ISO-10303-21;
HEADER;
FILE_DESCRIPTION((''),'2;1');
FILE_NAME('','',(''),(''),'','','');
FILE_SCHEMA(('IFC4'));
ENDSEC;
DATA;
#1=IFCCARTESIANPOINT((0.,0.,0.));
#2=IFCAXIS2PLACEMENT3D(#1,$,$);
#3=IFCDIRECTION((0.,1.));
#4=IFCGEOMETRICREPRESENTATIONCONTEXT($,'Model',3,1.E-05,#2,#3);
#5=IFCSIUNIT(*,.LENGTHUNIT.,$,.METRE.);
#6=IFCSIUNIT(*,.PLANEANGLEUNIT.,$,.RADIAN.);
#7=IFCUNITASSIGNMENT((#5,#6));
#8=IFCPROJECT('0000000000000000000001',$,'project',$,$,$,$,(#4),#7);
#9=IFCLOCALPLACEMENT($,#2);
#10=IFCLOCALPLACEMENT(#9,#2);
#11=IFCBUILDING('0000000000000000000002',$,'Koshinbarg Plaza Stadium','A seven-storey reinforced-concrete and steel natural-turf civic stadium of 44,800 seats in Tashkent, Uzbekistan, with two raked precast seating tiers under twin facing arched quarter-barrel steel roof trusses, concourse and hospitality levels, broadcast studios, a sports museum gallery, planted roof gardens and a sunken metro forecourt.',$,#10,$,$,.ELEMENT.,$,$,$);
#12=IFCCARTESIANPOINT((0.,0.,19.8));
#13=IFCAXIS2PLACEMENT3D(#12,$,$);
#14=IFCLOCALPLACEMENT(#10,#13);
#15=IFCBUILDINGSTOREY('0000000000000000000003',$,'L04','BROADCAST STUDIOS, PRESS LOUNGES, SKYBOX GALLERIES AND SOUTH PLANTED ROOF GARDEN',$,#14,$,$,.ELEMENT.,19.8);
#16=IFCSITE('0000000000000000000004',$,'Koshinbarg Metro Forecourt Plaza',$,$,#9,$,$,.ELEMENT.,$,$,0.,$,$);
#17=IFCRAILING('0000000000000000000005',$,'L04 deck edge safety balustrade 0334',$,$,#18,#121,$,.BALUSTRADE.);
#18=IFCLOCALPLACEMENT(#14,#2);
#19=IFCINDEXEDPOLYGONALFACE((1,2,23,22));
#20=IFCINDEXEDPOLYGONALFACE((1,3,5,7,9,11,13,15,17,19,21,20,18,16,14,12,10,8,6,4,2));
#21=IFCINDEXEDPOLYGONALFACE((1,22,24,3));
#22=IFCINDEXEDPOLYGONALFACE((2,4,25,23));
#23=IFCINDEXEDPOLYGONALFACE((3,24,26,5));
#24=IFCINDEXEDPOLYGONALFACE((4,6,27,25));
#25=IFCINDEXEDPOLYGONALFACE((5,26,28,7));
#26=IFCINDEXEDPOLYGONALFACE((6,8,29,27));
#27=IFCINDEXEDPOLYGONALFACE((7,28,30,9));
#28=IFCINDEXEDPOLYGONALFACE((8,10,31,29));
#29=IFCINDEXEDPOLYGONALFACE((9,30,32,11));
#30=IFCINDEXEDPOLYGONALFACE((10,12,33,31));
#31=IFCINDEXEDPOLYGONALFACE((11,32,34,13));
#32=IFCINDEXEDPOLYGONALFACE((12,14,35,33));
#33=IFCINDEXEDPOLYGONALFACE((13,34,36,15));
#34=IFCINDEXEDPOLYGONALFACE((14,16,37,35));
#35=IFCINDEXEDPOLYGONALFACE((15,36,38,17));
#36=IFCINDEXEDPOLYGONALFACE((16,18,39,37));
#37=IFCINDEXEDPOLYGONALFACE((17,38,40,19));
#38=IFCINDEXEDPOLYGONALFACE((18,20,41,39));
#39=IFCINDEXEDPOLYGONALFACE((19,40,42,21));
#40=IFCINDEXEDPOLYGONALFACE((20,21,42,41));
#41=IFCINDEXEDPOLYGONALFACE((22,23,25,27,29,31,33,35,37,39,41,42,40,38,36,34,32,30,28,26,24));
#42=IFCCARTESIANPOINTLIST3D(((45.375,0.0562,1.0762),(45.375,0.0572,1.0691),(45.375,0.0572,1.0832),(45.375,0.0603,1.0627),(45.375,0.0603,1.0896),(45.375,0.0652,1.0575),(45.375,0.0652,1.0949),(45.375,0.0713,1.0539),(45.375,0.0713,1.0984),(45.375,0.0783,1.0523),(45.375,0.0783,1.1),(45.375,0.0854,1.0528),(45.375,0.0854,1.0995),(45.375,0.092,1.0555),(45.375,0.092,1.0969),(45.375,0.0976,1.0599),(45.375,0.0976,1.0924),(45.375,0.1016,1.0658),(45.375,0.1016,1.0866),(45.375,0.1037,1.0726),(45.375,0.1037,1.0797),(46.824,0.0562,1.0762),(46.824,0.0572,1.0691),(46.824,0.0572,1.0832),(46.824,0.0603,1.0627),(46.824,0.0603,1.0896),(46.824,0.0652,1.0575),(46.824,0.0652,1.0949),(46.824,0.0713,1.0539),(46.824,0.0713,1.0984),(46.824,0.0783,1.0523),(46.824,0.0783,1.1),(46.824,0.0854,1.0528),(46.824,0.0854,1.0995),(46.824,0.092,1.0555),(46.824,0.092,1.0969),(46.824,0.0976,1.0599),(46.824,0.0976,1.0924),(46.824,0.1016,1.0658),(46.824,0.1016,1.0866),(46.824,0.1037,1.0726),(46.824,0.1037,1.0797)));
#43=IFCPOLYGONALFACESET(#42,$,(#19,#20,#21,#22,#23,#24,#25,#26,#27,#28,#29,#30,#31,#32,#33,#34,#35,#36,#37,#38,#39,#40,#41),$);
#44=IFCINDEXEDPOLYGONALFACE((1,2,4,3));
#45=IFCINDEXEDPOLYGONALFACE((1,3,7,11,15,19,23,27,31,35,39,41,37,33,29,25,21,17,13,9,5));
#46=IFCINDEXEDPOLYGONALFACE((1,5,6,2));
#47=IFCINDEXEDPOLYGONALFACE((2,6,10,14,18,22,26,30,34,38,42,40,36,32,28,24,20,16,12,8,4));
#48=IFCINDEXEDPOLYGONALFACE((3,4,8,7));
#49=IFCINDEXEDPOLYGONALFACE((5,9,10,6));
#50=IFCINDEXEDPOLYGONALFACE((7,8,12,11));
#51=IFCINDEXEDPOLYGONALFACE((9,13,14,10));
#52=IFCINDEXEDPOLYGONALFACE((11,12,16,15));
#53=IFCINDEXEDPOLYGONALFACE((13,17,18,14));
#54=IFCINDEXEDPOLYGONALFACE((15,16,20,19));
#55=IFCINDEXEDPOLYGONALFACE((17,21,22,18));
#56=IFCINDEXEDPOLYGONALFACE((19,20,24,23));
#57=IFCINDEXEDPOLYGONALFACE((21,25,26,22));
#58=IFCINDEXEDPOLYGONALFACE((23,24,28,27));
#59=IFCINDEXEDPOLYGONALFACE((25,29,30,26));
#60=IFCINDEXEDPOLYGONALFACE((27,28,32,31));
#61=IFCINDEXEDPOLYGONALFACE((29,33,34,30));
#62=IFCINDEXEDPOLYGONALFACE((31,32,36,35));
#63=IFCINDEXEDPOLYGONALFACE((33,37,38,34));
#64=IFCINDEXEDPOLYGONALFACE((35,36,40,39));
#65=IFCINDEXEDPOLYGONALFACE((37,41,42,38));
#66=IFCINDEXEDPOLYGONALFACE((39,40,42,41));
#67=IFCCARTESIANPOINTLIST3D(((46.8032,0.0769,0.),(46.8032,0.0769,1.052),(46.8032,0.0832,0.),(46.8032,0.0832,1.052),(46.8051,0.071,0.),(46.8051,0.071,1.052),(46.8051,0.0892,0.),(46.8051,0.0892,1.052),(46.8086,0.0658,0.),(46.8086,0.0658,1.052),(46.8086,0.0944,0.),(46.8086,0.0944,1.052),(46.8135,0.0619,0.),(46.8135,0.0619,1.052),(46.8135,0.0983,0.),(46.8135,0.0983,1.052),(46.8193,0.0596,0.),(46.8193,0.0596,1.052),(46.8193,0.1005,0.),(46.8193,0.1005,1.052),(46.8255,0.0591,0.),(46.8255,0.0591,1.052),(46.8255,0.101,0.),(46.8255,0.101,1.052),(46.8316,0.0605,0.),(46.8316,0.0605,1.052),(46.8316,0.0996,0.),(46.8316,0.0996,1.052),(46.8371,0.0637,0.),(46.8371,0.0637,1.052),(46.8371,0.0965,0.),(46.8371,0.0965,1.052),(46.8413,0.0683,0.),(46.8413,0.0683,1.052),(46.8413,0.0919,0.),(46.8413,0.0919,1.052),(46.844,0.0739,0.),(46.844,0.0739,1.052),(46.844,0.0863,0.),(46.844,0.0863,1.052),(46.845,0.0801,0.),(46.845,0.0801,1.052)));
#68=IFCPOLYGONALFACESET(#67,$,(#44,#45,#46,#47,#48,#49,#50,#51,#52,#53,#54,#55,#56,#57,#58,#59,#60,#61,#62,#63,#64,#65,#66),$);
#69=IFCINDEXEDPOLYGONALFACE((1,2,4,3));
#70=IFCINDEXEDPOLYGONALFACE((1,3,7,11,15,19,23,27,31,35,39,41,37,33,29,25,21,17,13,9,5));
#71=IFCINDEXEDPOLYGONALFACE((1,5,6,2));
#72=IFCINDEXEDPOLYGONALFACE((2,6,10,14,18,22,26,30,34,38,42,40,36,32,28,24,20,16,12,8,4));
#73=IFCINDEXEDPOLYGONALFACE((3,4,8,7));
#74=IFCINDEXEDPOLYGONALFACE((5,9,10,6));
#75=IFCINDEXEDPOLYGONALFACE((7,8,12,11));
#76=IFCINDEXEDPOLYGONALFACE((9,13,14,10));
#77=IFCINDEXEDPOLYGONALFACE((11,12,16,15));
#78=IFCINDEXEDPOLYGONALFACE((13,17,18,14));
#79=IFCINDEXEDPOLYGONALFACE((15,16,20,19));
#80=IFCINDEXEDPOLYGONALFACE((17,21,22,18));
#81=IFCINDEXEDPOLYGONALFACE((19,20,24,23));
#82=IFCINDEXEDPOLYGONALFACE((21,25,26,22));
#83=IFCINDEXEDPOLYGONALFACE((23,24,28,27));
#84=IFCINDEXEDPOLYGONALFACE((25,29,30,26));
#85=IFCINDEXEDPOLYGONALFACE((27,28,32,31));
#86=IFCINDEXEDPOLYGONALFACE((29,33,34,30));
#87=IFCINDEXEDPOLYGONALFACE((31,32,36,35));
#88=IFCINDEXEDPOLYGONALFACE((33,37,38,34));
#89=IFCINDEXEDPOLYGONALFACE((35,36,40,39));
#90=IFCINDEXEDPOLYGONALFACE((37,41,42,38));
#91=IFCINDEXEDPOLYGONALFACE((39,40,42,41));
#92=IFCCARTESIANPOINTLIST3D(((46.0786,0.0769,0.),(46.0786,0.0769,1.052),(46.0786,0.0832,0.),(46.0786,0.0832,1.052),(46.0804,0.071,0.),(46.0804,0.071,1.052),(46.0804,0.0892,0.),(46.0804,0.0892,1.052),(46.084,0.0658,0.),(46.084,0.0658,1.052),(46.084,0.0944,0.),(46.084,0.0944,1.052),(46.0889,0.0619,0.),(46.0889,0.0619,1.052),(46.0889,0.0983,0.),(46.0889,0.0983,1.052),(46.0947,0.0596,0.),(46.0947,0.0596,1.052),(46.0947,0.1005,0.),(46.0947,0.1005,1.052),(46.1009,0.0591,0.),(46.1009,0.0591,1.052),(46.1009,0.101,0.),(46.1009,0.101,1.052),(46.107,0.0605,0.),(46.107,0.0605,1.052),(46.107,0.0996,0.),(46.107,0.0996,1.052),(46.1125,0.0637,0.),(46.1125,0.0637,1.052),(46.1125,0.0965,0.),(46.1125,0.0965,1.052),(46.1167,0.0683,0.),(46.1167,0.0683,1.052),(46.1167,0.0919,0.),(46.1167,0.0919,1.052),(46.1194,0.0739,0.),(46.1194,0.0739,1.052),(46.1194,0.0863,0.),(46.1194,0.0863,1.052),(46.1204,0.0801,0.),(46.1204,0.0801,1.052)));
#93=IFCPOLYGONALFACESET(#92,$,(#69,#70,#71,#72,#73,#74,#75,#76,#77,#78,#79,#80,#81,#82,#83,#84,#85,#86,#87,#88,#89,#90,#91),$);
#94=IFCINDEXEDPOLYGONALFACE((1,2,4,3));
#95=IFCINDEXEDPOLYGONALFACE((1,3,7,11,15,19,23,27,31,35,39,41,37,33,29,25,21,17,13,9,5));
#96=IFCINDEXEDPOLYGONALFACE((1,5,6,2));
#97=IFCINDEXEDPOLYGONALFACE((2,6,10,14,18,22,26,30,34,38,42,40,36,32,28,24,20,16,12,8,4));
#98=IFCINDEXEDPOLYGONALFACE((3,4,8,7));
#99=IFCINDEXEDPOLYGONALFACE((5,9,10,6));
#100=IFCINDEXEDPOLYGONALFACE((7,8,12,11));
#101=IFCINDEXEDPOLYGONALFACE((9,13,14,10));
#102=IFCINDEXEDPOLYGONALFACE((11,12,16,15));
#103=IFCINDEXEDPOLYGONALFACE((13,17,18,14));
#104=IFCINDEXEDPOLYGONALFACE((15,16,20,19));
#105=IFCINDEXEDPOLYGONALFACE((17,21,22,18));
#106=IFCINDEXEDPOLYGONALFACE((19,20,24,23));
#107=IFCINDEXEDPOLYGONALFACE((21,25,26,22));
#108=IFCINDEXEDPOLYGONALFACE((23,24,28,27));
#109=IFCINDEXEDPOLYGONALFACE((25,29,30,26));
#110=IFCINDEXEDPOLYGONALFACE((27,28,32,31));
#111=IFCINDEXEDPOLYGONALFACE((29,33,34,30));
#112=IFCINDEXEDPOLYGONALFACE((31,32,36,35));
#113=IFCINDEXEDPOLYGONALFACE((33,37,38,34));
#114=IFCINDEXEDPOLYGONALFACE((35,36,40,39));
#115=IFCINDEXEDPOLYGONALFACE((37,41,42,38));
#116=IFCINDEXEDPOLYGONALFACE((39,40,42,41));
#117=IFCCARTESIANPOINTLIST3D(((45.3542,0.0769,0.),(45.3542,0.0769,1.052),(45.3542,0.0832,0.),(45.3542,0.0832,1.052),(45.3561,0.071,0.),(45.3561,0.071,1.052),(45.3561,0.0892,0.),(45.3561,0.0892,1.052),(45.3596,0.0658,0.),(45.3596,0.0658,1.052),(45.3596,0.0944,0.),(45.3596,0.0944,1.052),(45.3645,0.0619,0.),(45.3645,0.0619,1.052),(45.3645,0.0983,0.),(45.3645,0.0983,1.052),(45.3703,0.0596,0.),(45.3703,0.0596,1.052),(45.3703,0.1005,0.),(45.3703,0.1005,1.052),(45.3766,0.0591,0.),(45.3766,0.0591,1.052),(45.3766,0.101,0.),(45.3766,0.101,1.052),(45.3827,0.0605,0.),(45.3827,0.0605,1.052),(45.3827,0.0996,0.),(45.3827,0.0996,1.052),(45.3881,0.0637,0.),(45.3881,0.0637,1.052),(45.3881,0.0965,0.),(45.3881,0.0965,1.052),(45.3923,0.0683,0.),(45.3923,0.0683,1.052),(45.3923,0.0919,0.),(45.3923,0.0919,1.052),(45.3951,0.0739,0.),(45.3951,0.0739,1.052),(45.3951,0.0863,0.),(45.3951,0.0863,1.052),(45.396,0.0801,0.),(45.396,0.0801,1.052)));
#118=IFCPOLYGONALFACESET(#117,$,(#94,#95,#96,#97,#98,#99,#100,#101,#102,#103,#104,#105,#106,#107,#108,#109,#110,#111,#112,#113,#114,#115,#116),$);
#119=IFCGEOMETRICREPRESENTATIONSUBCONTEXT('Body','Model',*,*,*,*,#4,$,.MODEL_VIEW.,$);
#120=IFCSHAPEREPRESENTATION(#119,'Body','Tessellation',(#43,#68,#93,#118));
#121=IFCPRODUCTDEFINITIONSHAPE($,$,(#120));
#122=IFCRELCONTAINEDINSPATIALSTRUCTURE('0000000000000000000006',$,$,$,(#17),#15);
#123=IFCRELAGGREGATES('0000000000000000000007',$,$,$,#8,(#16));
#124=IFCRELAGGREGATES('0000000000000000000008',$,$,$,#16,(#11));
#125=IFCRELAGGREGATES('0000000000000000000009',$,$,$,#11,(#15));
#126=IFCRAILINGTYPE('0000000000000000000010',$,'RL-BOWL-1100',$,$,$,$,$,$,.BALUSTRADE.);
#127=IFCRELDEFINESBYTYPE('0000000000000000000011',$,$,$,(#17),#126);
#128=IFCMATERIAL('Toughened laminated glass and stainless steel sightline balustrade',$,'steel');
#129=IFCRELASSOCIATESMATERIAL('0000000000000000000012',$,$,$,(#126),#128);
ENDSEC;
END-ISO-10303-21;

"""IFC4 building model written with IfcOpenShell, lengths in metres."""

from ifc_helpers import new_model, si_unit, direction, frame, origin, origin_2d, place, context, subcontext, project, spatial, circle, extrude, material, type_object, element, save


model = new_model("IFC4")

# Units and contexts
model_context = context("Model", 3, precision=1e-05, world=origin(), true_north=direction((0.0, 1.0)))
body_context = subcontext(model_context, "Body", "Model", "MODEL_VIEW")
ifc_project = project(units=[si_unit("LENGTHUNIT", "METRE"), si_unit("PLANEANGLEUNIT", "RADIAN")], contexts=[model_context])

# Site, building, storey
site_placement = place(None, origin())
site = spatial("IfcSite", under=ifc_project, at=site_placement, Name="Koshinbarg Metro Forecourt Plaza", CompositionType="ELEMENT", RefElevation=0.0)
building_placement = place(site_placement, origin())
building = spatial("IfcBuilding", under=site, at=building_placement, Name="Koshinbarg Plaza Stadium", Description="A seven-storey reinforced-concrete and steel natural-turf civic stadium of 44,800 seats in Tashkent, Uzbekistan, with two raked precast seating tiers under twin facing arched quarter-barrel steel roof trusses, concourse and hospitality levels, broadcast studios, a sports museum gallery, planted roof gardens and a sunken metro forecourt.", CompositionType="ELEMENT")
storey_placement = place(building_placement, frame((0.0, 0.0, 19.8)))
storey = spatial("IfcBuildingStorey", under=building, at=storey_placement, Name="L04", Description="BROADCAST STUDIOS, PRESS LOUNGES, SKYBOX GALLERIES AND SOUTH PLANTED ROOF GARDEN", CompositionType="ELEMENT", Elevation=19.8)

# Railing
ifc_material_1 = material(Name="Toughened laminated glass and stainless steel sightline balustrade", Category="steel")
railing_type = type_object("IfcRailingType", Name="RL-BOWL-1100", PredefinedType="BALUSTRADE", material=ifc_material_1)
railing_1_placement = place(storey_placement, frame((46.824, 0.0801, 0.0)))
element("IfcRailing", 1, at=railing_1_placement, inside=storey, type_object=railing_type, Name="L04 deck edge safety balustrade 0334", PredefinedType="BALUSTRADE", context=body_context, shape_type="SweptSolid", body=[
    extrude(circle(Radius=0.0239, at=origin_2d()), frame((0.0, 0.0, 1.0762), z_axis=(-1.0, 0.0, 0.0), x_axis=(0.0, -1.0, 0.0)), (0.0, 0.0, 1.0), 1.449),
    extrude(circle(Radius=0.021, at=origin_2d()), origin(), (0.0, 0.0, 1.0), 1.052),
    extrude(circle(Radius=0.021, at=origin_2d()), frame((-0.7246, 0.0, 0.0)), (0.0, 0.0, 1.0), 1.052),
    extrude(circle(Radius=0.021, at=origin_2d()), frame((-1.449, 0.0, 0.0)), (0.0, 0.0, 1.0), 1.052),
])

save(model, "model.ifc")
